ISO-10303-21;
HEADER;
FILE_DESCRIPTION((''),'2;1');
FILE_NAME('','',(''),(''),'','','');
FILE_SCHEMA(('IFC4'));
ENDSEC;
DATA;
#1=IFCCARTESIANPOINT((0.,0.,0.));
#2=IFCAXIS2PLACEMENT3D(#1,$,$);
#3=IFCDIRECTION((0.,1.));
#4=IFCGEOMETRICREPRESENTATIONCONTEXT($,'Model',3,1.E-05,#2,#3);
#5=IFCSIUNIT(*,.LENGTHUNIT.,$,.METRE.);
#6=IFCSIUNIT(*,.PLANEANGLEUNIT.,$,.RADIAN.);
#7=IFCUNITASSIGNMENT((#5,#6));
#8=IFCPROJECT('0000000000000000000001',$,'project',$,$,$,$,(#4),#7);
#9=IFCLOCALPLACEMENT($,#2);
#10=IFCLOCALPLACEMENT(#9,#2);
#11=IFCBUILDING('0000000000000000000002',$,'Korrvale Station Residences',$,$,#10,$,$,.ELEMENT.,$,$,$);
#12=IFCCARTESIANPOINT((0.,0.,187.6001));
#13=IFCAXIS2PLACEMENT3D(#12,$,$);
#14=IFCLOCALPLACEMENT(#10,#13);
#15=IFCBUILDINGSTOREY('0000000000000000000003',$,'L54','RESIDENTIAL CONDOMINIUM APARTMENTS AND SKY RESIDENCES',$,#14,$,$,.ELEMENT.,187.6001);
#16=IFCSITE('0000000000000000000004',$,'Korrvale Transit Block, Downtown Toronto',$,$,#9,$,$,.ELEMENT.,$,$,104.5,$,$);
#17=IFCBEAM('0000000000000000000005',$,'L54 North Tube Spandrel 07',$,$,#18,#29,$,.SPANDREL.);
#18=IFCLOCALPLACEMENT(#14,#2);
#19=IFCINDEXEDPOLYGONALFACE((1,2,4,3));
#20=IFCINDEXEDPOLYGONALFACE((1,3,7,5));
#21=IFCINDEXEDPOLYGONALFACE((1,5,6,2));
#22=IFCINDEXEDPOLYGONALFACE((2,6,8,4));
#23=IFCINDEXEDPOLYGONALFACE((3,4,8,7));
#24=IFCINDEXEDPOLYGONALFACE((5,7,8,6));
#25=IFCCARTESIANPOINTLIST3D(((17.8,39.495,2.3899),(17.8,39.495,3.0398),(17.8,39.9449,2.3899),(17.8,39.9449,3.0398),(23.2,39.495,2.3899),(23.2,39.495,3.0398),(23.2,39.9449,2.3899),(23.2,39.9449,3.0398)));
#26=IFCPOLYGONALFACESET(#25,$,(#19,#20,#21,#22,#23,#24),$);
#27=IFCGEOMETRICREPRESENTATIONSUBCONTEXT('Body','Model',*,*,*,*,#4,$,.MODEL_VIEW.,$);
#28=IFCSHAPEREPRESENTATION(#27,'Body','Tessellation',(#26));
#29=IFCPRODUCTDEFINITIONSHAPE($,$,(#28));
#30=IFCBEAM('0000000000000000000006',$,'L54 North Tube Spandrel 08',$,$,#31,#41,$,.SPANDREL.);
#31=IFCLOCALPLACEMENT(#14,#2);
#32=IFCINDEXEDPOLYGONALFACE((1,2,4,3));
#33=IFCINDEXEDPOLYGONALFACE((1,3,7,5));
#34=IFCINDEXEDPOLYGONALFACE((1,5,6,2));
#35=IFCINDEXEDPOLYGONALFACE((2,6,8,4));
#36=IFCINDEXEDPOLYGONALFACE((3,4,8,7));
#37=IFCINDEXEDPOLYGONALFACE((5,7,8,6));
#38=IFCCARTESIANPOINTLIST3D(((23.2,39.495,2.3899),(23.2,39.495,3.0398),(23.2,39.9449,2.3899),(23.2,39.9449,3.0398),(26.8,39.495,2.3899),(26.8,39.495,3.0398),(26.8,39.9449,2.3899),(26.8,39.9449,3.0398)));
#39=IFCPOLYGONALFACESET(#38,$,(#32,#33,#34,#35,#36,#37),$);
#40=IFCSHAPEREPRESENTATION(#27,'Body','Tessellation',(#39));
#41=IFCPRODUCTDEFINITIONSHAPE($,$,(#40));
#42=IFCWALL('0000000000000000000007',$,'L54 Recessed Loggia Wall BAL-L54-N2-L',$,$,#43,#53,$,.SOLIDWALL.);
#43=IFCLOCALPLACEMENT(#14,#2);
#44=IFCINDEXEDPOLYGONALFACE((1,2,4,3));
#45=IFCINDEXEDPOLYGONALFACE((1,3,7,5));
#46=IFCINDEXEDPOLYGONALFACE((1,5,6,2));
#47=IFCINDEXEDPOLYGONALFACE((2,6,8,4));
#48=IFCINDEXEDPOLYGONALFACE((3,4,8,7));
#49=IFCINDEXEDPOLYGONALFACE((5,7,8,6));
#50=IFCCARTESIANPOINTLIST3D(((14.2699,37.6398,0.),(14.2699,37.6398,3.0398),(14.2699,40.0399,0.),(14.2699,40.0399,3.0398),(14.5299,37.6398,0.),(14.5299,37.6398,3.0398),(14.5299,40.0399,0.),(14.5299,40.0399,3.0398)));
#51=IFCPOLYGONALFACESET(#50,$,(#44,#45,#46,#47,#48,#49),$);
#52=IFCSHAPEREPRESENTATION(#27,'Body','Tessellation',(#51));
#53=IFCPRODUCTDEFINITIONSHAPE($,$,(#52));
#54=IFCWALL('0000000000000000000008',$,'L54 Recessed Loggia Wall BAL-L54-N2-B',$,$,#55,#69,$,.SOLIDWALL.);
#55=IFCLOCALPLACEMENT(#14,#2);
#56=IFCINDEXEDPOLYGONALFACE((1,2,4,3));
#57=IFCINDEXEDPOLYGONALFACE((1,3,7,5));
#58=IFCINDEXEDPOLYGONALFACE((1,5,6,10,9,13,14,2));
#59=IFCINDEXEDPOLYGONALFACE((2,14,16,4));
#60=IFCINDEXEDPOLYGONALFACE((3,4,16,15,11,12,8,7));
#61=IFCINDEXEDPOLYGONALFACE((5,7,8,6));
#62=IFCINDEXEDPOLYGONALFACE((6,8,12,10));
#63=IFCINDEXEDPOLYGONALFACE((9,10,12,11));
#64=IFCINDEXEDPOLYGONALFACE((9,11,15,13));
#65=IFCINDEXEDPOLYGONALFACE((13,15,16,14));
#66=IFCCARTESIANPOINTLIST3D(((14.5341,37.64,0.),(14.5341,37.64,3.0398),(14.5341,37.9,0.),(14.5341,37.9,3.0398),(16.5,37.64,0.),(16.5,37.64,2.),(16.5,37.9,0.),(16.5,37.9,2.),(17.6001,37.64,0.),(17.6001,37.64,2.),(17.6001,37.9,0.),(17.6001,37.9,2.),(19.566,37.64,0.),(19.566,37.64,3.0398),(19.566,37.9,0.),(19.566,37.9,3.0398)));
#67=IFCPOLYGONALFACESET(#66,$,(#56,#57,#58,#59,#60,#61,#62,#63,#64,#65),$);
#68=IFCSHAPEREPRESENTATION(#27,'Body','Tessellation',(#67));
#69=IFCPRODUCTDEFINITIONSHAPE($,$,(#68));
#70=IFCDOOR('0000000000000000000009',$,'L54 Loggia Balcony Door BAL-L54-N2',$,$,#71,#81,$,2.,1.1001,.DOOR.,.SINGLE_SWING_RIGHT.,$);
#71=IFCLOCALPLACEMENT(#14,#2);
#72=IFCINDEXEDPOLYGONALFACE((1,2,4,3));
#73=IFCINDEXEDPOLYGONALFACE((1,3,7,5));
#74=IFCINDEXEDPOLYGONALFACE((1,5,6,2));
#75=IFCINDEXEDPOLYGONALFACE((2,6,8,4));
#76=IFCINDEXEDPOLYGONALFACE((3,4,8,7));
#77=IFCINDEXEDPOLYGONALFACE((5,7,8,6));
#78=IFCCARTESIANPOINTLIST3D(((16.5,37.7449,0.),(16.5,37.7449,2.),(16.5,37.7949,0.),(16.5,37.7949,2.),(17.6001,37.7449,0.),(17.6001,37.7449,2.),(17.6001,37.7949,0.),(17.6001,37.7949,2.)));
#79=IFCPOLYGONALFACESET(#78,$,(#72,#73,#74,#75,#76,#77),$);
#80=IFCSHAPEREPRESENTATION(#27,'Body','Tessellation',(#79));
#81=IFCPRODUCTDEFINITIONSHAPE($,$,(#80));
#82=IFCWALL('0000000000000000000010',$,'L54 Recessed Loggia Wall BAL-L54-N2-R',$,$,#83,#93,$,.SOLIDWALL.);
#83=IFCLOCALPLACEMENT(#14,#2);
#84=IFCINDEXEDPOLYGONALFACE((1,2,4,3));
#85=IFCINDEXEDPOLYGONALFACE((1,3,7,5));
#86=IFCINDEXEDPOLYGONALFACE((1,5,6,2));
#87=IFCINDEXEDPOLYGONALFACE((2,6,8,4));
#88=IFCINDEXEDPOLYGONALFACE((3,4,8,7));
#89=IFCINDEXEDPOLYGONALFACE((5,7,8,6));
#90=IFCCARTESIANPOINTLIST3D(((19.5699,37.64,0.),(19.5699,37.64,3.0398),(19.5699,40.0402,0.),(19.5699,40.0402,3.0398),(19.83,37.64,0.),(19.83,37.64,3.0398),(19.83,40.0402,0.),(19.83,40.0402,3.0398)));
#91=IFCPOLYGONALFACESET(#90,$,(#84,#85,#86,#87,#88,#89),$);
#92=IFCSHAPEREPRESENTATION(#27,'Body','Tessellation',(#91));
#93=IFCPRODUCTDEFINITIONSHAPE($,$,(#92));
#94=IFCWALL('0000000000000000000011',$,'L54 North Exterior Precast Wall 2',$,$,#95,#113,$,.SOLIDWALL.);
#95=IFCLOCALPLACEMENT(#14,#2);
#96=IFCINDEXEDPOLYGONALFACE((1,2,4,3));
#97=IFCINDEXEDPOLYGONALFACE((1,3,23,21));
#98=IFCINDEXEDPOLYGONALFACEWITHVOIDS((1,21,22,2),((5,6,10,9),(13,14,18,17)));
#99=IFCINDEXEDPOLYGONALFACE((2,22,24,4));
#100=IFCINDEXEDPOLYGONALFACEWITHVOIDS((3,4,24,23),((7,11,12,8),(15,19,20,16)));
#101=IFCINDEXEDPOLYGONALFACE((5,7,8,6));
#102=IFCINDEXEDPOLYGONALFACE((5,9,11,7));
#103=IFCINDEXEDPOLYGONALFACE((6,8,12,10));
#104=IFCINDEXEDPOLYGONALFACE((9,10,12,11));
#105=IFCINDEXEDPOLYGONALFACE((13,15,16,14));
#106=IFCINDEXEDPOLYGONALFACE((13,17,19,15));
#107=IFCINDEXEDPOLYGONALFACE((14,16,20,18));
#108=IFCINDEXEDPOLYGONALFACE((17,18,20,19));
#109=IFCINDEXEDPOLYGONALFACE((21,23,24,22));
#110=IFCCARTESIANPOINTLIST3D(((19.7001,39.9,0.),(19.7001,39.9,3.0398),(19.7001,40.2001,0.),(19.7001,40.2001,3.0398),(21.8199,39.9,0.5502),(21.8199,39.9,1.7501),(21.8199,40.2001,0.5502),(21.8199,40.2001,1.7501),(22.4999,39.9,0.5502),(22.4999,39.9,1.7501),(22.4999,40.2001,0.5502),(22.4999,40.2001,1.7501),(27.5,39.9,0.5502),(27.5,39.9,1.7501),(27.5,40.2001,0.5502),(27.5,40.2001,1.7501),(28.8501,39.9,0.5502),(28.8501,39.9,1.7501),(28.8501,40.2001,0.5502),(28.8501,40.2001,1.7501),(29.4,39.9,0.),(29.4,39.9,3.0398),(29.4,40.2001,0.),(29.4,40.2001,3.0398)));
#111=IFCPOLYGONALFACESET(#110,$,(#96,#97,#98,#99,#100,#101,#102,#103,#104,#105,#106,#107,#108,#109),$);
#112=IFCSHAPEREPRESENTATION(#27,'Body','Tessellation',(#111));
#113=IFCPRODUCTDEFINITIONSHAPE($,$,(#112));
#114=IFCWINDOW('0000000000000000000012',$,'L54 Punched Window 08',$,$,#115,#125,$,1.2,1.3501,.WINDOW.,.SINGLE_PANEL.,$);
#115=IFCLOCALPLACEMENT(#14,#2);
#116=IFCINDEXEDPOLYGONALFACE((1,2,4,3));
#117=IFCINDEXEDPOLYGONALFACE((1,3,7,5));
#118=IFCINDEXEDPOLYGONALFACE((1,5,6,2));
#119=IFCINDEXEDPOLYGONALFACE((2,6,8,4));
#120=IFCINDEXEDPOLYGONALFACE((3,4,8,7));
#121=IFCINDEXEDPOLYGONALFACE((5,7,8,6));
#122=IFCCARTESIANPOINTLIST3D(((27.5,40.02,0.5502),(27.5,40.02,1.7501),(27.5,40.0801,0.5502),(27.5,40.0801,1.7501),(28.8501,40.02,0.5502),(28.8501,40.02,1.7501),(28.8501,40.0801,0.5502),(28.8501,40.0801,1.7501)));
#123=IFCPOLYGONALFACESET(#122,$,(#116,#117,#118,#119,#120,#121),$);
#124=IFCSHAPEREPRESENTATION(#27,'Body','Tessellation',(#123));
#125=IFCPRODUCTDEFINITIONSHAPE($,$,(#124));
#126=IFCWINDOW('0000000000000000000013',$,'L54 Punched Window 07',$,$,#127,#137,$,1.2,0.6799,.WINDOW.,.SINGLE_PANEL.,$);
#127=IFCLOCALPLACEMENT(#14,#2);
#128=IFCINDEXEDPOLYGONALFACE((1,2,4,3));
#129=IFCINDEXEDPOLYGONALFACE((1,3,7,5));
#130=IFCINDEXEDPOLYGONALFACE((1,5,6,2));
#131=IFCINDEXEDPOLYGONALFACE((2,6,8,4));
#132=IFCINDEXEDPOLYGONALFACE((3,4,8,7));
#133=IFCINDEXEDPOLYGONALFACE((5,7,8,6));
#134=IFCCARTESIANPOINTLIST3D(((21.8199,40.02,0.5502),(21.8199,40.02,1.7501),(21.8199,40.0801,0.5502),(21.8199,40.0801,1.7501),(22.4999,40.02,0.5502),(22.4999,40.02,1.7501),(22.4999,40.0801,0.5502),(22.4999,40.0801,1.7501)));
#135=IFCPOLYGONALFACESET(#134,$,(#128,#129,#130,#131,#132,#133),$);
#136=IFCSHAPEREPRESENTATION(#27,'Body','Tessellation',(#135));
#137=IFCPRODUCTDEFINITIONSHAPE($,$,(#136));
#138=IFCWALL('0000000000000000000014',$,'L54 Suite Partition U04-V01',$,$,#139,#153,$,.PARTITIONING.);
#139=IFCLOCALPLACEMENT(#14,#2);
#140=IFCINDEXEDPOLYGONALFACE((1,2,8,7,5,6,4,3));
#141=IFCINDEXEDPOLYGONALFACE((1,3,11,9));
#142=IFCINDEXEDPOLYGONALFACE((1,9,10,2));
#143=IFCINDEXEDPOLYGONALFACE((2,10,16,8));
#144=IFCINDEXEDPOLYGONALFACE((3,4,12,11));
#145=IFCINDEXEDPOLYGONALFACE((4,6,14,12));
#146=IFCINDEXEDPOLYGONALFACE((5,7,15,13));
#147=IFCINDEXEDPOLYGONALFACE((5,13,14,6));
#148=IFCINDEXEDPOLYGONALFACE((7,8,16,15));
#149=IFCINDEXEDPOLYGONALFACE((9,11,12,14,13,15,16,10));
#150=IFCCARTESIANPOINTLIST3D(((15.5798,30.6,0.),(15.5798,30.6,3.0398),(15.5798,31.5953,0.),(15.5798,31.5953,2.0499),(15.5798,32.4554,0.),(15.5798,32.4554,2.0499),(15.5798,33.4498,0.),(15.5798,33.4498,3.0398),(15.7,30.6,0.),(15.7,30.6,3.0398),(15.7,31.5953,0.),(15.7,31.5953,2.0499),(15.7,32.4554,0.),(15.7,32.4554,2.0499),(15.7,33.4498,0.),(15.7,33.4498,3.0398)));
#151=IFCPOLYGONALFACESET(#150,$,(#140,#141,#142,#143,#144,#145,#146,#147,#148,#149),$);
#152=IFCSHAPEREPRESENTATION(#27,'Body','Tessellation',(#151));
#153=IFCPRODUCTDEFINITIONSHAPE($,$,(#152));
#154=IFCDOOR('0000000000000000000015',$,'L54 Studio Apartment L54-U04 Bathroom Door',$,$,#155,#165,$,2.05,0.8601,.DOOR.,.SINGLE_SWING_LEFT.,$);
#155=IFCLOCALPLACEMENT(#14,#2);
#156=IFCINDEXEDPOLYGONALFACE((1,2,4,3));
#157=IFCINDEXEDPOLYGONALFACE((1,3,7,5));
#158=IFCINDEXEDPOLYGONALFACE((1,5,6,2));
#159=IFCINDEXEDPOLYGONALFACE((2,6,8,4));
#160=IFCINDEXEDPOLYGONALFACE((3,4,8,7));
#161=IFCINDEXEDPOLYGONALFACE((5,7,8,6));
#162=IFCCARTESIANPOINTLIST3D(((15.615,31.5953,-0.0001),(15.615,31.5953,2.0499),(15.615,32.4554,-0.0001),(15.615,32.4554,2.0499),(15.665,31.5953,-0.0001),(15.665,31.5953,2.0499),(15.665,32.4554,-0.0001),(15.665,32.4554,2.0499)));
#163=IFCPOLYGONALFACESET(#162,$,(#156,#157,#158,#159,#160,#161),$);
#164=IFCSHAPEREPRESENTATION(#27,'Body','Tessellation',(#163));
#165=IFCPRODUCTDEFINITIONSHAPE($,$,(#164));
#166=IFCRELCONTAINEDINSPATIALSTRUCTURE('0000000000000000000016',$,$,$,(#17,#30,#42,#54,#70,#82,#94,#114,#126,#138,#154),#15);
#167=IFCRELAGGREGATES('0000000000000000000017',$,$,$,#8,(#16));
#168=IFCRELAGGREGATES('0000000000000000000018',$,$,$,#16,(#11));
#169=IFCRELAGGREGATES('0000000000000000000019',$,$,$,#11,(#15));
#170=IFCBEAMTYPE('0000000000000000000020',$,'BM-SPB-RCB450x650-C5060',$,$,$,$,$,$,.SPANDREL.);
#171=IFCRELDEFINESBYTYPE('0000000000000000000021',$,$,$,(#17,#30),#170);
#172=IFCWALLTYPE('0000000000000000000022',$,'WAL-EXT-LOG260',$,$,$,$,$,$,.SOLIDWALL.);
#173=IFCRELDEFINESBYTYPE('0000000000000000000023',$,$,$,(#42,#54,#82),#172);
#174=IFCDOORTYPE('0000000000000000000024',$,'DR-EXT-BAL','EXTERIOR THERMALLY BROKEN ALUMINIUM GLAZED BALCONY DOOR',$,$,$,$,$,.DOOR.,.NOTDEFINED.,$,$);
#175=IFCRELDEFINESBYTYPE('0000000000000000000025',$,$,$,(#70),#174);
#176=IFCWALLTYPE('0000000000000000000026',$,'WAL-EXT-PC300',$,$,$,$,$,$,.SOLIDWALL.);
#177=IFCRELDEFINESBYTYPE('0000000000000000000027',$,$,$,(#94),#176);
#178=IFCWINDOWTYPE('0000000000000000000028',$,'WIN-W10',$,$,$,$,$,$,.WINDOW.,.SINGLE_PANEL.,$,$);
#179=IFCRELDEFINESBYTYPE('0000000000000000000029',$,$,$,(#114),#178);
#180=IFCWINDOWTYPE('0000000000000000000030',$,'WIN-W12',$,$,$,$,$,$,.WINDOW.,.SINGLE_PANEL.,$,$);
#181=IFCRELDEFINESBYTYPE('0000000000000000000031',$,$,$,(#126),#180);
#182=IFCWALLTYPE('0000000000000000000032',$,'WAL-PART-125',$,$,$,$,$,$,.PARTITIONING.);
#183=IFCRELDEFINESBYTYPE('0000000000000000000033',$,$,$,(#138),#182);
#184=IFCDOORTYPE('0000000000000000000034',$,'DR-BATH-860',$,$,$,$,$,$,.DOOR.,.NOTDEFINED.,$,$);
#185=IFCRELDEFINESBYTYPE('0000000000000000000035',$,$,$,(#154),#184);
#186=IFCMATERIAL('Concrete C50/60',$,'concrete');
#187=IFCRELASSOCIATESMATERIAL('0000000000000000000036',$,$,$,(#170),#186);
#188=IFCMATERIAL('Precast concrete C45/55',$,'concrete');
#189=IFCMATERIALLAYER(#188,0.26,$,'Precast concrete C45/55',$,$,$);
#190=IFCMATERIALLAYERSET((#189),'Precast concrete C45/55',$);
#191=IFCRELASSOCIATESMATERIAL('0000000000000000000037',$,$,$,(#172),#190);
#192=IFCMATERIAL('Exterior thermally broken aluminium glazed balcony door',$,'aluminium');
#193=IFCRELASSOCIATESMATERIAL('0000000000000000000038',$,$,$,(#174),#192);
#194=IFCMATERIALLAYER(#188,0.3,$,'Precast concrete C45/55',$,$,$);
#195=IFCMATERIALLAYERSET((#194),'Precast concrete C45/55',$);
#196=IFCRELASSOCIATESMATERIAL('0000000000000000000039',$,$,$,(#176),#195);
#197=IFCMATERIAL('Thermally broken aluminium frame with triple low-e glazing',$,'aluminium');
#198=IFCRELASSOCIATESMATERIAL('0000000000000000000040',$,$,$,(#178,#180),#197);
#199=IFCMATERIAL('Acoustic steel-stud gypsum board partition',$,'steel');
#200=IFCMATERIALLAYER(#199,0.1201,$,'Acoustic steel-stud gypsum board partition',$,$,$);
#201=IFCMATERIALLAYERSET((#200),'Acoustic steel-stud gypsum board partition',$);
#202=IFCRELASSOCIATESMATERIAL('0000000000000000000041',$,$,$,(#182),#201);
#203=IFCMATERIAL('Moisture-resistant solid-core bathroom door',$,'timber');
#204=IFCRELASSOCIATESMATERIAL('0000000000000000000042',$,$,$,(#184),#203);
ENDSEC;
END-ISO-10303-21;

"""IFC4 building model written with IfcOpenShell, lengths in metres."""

from ifc_helpers import new_model, si_unit, direction, frame, frame_2d, origin, origin_2d, place, context, subcontext, project, spatial, rectangle, extrude, material, layer, layer_set, material_profile, profile_set, type_object, element, fill, save


model = new_model("IFC4")

# Units and contexts
model_context = context("Model", 3, precision=1e-05, world=origin(), true_north=direction((0.0, 1.0)))
body_context = subcontext(model_context, "Body", "Model", "MODEL_VIEW")
ifc_project = project(units=[si_unit("LENGTHUNIT", "METRE"), si_unit("PLANEANGLEUNIT", "RADIAN")], contexts=[model_context])

# Site, building, storey
site_placement = place(None, origin())
site = spatial("IfcSite", under=ifc_project, at=site_placement, Name="Korrvale Transit Block, Downtown Toronto", CompositionType="ELEMENT", RefElevation=104.5)
building_placement = place(site_placement, origin())
building = spatial("IfcBuilding", under=site, at=building_placement, Name="Korrvale Station Residences", CompositionType="ELEMENT")
storey_placement = place(building_placement, frame((0.0, 0.0, 187.6001)))
storey = spatial("IfcBuildingStorey", under=building, at=storey_placement, Name="L54", Description="RESIDENTIAL CONDOMINIUM APARTMENTS AND SKY RESIDENCES", CompositionType="ELEMENT", Elevation=187.6001)

# Shared definitions
ifc_material_1 = material(Name="Concrete C50/60", Category="concrete")

# Beams
ifc_material_profile_1 = material_profile(ifc_material_1, rectangle(XDim=0.45, YDim=0.6499, at=origin_2d()), Name="RCB450x650")
ifc_profile_set_1 = profile_set([ifc_material_profile_1], Name="Concrete C50/60")
beam_type_1 = type_object("IfcBeamType", Name="BM-SPB-RCB450x650-C5060", PredefinedType="SPANDREL", material=ifc_profile_set_1)
beam_1_placement = place(storey_placement, frame((17.8, 39.72, 2.7148), z_axis=(1.0, 0.0, 0.0), x_axis=(0.0, 1.0, 0.0)))
element("IfcBeam", 1, at=beam_1_placement, inside=storey, type_object=beam_type_1, Name="L54 North Tube Spandrel 07", PredefinedType="SPANDREL", context=body_context, shape_type="SweptSolid", body=[
    extrude(rectangle(XDim=0.45, YDim=0.6499, at=origin_2d()), origin(), (0.0, 0.0, 1.0), 5.3999),
])
beam_2_placement = place(storey_placement, frame((23.2, 39.72, 2.7148), z_axis=(1.0, 0.0, 0.0), x_axis=(0.0, 1.0, 0.0)))
element("IfcBeam", 2, at=beam_2_placement, inside=storey, type_object=beam_type_1, Name="L54 North Tube Spandrel 08", PredefinedType="SPANDREL", context=body_context, shape_type="SweptSolid", body=[
    extrude(rectangle(XDim=0.45, YDim=0.6499, at=origin_2d()), origin(), (0.0, 0.0, 1.0), 3.6001),
])

# Wall
ifc_material_2 = material(Name="Precast concrete C45/55", Category="concrete")
ifc_layer_1 = layer(ifc_material_2, 0.26, Name="Precast concrete C45/55")
ifc_layer_set_1 = layer_set([ifc_layer_1], Name="Precast concrete C45/55")
wall_type_1 = type_object("IfcWallType", Name="WAL-EXT-LOG260", PredefinedType="SOLIDWALL", material=ifc_layer_set_1)
wall_1_placement = place(storey_placement, frame((14.3999, 40.04, 0.0), z_axis=(0.0, 0.0, 1.0), x_axis=(0.0, -1.0, 0.0)))
element("IfcWall", 3, at=wall_1_placement, inside=storey, type_object=wall_type_1, Name="L54 Recessed Loggia Wall BAL-L54-N2-L", PredefinedType="SOLIDWALL", context=body_context, shape_type="SweptSolid", body=[
    extrude(rectangle(XDim=2.4001, YDim=0.26, at=frame_2d((1.2002, 0.0))), origin(), (0.0, 0.0, 1.0), 3.0398),
])

# Wall, opening, door
wall_2_placement = place(storey_placement, frame((14.5339, 37.77, 0.0), z_axis=(0.0, 0.0, 1.0), x_axis=(1.0, 0.0, 0.0)))
wall_2 = element("IfcWall", 4, at=wall_2_placement, inside=storey, type_object=wall_type_1, Name="L54 Recessed Loggia Wall BAL-L54-N2-B", PredefinedType="SOLIDWALL", context=body_context, shape_type="SweptSolid", body=[
    extrude(rectangle(XDim=5.032, YDim=0.26, at=frame_2d((2.5161, 0.0))), origin(), (0.0, 0.0, 1.0), 3.0398),
])
opening_1_placement = place(wall_2_placement, frame((1.9661, 0.0, 0.0)))
opening_1 = element("IfcOpeningElement", 5, at=opening_1_placement, cuts=wall_2, PredefinedType="OPENING", context=body_context, shape_type="SweptSolid", body=[
    extrude(rectangle(XDim=1.1001, YDim=2.0, at=frame_2d((0.55, 1.0))), frame((0.0, 0.1401, 0.0), z_axis=(0.0, -1.0, 0.0), x_axis=(1.0, 0.0, 0.0)), (0.0, 0.0, 1.0), 0.28),
])
ifc_material_3 = material(Name="Exterior thermally broken aluminium glazed balcony door", Category="aluminium")
door_type_1 = type_object("IfcDoorType", Name="DR-EXT-BAL", Description="EXTERIOR THERMALLY BROKEN ALUMINIUM GLAZED BALCONY DOOR", OperationType="NOTDEFINED", PredefinedType="DOOR", material=ifc_material_3)
door_1_placement = place(opening_1_placement, origin())
door_1 = element("IfcDoor", 6, at=door_1_placement, inside=storey, type_object=door_type_1, Name="L54 Loggia Balcony Door BAL-L54-N2", OperationType="SINGLE_SWING_RIGHT", OverallHeight=2.0, OverallWidth=1.1001, PredefinedType="DOOR", context=body_context, shape_type="SweptSolid", body=[
    extrude(rectangle(XDim=1.1001, YDim=2.0, at=frame_2d((0.55, 1.0))), frame((0.0, 0.0249, 0.0), z_axis=(0.0, -1.0, 0.0), x_axis=(1.0, 0.0, 0.0)), (0.0, 0.0, 1.0), 0.05),
])
fill(opening_1, door_1)

# Wall
wall_3_placement = place(storey_placement, frame((19.7, 37.6399, 0.0), z_axis=(0.0, 0.0, 1.0), x_axis=(0.0, 1.0, 0.0)))
element("IfcWall", 7, at=wall_3_placement, inside=storey, type_object=wall_type_1, Name="L54 Recessed Loggia Wall BAL-L54-N2-R", PredefinedType="SOLIDWALL", context=body_context, shape_type="SweptSolid", body=[
    extrude(rectangle(XDim=2.4001, YDim=0.26, at=frame_2d((1.2002, 0.0))), origin(), (0.0, 0.0, 1.0), 3.0398),
])

# Wall, openings, windows
ifc_layer_2 = layer(ifc_material_2, 0.3, Name="Precast concrete C45/55")
ifc_layer_set_2 = layer_set([ifc_layer_2], Name="Precast concrete C45/55")
wall_type_2 = type_object("IfcWallType", Name="WAL-EXT-PC300", PredefinedType="SOLIDWALL", material=ifc_layer_set_2)
wall_4_placement = place(storey_placement, frame((19.7, 40.05, 0.0), z_axis=(0.0, 0.0, 1.0), x_axis=(1.0, 0.0, 0.0)))
wall_4 = element("IfcWall", 8, at=wall_4_placement, inside=storey, type_object=wall_type_2, Name="L54 North Exterior Precast Wall 2", PredefinedType="SOLIDWALL", context=body_context, shape_type="SweptSolid", body=[
    extrude(rectangle(XDim=9.7, YDim=0.3, at=frame_2d((4.8501, 0.0))), origin(), (0.0, 0.0, 1.0), 3.0398),
])
opening_2_placement = place(wall_4_placement, frame((2.1201, 0.0, 0.55)))
opening_2 = element("IfcOpeningElement", 9, at=opening_2_placement, cuts=wall_4, PredefinedType="OPENING", context=body_context, shape_type="SweptSolid", body=[
    extrude(rectangle(XDim=0.6799, YDim=1.2, at=frame_2d((0.3398, 0.6001))), frame((0.0, 0.1602, 0.0), z_axis=(0.0, -1.0, 0.0), x_axis=(1.0, 0.0, 0.0)), (0.0, 0.0, 1.0), 0.3201),
])
opening_3_placement = place(wall_4_placement, frame((7.8, 0.0, 0.55)))
opening_3 = element("IfcOpeningElement", 10, at=opening_3_placement, cuts=wall_4, PredefinedType="OPENING", context=body_context, shape_type="SweptSolid", body=[
    extrude(rectangle(XDim=1.3501, YDim=1.2, at=frame_2d((0.675, 0.6001))), frame((0.0, 0.1602, 0.0), z_axis=(0.0, -1.0, 0.0), x_axis=(1.0, 0.0, 0.0)), (0.0, 0.0, 1.0), 0.3201),
])
ifc_material_4 = material(Name="Thermally broken aluminium frame with triple low-e glazing", Category="aluminium")
window_type_1 = type_object("IfcWindowType", Name="WIN-W10", PartitioningType="SINGLE_PANEL", PredefinedType="WINDOW", material=ifc_material_4)
window_1_placement = place(opening_3_placement, origin())
window_1 = element("IfcWindow", 11, at=window_1_placement, inside=storey, type_object=window_type_1, Name="L54 Punched Window 08", OverallHeight=1.2, OverallWidth=1.3501, PartitioningType="SINGLE_PANEL", PredefinedType="WINDOW", context=body_context, shape_type="SweptSolid", body=[
    extrude(rectangle(XDim=1.3501, YDim=1.2, at=frame_2d((0.675, 0.6001))), frame((0.0, 0.03, 0.0), z_axis=(0.0, -1.0, 0.0), x_axis=(1.0, 0.0, 0.0)), (0.0, 0.0, 1.0), 0.0601),
])
fill(opening_3, window_1)
window_type_2 = type_object("IfcWindowType", Name="WIN-W12", PartitioningType="SINGLE_PANEL", PredefinedType="WINDOW", material=ifc_material_4)
window_2_placement = place(opening_2_placement, origin())
window_2 = element("IfcWindow", 12, at=window_2_placement, inside=storey, type_object=window_type_2, Name="L54 Punched Window 07", OverallHeight=1.2, OverallWidth=0.6799, PartitioningType="SINGLE_PANEL", PredefinedType="WINDOW", context=body_context, shape_type="SweptSolid", body=[
    extrude(rectangle(XDim=0.6799, YDim=1.2, at=frame_2d((0.3398, 0.6001))), frame((0.0, 0.03, 0.0), z_axis=(0.0, -1.0, 0.0), x_axis=(1.0, 0.0, 0.0)), (0.0, 0.0, 1.0), 0.0601),
])
fill(opening_2, window_2)

# Wall, opening, door
ifc_material_5 = material(Name="Acoustic steel-stud gypsum board partition", Category="steel")
ifc_layer_3 = layer(ifc_material_5, 0.1201, Name="Acoustic steel-stud gypsum board partition")
ifc_layer_set_3 = layer_set([ifc_layer_3], Name="Acoustic steel-stud gypsum board partition")
wall_type_3 = type_object("IfcWallType", Name="WAL-PART-125", PredefinedType="PARTITIONING", material=ifc_layer_set_3)
wall_5_placement = place(storey_placement, frame((15.6399, 30.6001, 0.0), z_axis=(0.0, 0.0, 1.0), x_axis=(0.0, 1.0, 0.0)))
wall_5 = element("IfcWall", 13, at=wall_5_placement, inside=storey, type_object=wall_type_3, Name="L54 Suite Partition U04-V01", PredefinedType="PARTITIONING", context=body_context, shape_type="SweptSolid", body=[
    extrude(rectangle(XDim=2.8499, YDim=0.1201, at=frame_2d((1.4248, 0.0))), origin(), (0.0, 0.0, 1.0), 3.0398),
])
opening_4_placement = place(wall_5_placement, frame((0.9951, 0.0, 0.0)))
opening_4 = element("IfcOpeningElement", 14, at=opening_4_placement, cuts=wall_5, PredefinedType="OPENING", context=body_context, shape_type="SweptSolid", body=[
    extrude(rectangle(XDim=0.8601, YDim=2.05, at=frame_2d((0.4302, 1.0249))), frame((0.0, 0.0701, 0.0), z_axis=(0.0, -1.0, 0.0), x_axis=(1.0, 0.0, 0.0)), (0.0, 0.0, 1.0), 0.1401),
])
ifc_material_6 = material(Name="Moisture-resistant solid-core bathroom door", Category="timber")
door_type_2 = type_object("IfcDoorType", Name="DR-BATH-860", OperationType="NOTDEFINED", PredefinedType="DOOR", material=ifc_material_6)
door_2_placement = place(opening_4_placement, origin())
door_2 = element("IfcDoor", 15, at=door_2_placement, inside=storey, type_object=door_type_2, Name="L54 Studio Apartment L54-U04 Bathroom Door", OperationType="SINGLE_SWING_LEFT", OverallHeight=2.05, OverallWidth=0.8601, PredefinedType="DOOR", context=body_context, shape_type="SweptSolid", body=[
    extrude(rectangle(XDim=0.8601, YDim=2.05, at=frame_2d((0.4302, 1.0249))), frame((0.0, 0.0249, 0.0), z_axis=(0.0, -1.0, 0.0), x_axis=(1.0, 0.0, 0.0)), (0.0, 0.0, 1.0), 0.05),
])
fill(opening_4, door_2)

save(model, "model.ifc")
